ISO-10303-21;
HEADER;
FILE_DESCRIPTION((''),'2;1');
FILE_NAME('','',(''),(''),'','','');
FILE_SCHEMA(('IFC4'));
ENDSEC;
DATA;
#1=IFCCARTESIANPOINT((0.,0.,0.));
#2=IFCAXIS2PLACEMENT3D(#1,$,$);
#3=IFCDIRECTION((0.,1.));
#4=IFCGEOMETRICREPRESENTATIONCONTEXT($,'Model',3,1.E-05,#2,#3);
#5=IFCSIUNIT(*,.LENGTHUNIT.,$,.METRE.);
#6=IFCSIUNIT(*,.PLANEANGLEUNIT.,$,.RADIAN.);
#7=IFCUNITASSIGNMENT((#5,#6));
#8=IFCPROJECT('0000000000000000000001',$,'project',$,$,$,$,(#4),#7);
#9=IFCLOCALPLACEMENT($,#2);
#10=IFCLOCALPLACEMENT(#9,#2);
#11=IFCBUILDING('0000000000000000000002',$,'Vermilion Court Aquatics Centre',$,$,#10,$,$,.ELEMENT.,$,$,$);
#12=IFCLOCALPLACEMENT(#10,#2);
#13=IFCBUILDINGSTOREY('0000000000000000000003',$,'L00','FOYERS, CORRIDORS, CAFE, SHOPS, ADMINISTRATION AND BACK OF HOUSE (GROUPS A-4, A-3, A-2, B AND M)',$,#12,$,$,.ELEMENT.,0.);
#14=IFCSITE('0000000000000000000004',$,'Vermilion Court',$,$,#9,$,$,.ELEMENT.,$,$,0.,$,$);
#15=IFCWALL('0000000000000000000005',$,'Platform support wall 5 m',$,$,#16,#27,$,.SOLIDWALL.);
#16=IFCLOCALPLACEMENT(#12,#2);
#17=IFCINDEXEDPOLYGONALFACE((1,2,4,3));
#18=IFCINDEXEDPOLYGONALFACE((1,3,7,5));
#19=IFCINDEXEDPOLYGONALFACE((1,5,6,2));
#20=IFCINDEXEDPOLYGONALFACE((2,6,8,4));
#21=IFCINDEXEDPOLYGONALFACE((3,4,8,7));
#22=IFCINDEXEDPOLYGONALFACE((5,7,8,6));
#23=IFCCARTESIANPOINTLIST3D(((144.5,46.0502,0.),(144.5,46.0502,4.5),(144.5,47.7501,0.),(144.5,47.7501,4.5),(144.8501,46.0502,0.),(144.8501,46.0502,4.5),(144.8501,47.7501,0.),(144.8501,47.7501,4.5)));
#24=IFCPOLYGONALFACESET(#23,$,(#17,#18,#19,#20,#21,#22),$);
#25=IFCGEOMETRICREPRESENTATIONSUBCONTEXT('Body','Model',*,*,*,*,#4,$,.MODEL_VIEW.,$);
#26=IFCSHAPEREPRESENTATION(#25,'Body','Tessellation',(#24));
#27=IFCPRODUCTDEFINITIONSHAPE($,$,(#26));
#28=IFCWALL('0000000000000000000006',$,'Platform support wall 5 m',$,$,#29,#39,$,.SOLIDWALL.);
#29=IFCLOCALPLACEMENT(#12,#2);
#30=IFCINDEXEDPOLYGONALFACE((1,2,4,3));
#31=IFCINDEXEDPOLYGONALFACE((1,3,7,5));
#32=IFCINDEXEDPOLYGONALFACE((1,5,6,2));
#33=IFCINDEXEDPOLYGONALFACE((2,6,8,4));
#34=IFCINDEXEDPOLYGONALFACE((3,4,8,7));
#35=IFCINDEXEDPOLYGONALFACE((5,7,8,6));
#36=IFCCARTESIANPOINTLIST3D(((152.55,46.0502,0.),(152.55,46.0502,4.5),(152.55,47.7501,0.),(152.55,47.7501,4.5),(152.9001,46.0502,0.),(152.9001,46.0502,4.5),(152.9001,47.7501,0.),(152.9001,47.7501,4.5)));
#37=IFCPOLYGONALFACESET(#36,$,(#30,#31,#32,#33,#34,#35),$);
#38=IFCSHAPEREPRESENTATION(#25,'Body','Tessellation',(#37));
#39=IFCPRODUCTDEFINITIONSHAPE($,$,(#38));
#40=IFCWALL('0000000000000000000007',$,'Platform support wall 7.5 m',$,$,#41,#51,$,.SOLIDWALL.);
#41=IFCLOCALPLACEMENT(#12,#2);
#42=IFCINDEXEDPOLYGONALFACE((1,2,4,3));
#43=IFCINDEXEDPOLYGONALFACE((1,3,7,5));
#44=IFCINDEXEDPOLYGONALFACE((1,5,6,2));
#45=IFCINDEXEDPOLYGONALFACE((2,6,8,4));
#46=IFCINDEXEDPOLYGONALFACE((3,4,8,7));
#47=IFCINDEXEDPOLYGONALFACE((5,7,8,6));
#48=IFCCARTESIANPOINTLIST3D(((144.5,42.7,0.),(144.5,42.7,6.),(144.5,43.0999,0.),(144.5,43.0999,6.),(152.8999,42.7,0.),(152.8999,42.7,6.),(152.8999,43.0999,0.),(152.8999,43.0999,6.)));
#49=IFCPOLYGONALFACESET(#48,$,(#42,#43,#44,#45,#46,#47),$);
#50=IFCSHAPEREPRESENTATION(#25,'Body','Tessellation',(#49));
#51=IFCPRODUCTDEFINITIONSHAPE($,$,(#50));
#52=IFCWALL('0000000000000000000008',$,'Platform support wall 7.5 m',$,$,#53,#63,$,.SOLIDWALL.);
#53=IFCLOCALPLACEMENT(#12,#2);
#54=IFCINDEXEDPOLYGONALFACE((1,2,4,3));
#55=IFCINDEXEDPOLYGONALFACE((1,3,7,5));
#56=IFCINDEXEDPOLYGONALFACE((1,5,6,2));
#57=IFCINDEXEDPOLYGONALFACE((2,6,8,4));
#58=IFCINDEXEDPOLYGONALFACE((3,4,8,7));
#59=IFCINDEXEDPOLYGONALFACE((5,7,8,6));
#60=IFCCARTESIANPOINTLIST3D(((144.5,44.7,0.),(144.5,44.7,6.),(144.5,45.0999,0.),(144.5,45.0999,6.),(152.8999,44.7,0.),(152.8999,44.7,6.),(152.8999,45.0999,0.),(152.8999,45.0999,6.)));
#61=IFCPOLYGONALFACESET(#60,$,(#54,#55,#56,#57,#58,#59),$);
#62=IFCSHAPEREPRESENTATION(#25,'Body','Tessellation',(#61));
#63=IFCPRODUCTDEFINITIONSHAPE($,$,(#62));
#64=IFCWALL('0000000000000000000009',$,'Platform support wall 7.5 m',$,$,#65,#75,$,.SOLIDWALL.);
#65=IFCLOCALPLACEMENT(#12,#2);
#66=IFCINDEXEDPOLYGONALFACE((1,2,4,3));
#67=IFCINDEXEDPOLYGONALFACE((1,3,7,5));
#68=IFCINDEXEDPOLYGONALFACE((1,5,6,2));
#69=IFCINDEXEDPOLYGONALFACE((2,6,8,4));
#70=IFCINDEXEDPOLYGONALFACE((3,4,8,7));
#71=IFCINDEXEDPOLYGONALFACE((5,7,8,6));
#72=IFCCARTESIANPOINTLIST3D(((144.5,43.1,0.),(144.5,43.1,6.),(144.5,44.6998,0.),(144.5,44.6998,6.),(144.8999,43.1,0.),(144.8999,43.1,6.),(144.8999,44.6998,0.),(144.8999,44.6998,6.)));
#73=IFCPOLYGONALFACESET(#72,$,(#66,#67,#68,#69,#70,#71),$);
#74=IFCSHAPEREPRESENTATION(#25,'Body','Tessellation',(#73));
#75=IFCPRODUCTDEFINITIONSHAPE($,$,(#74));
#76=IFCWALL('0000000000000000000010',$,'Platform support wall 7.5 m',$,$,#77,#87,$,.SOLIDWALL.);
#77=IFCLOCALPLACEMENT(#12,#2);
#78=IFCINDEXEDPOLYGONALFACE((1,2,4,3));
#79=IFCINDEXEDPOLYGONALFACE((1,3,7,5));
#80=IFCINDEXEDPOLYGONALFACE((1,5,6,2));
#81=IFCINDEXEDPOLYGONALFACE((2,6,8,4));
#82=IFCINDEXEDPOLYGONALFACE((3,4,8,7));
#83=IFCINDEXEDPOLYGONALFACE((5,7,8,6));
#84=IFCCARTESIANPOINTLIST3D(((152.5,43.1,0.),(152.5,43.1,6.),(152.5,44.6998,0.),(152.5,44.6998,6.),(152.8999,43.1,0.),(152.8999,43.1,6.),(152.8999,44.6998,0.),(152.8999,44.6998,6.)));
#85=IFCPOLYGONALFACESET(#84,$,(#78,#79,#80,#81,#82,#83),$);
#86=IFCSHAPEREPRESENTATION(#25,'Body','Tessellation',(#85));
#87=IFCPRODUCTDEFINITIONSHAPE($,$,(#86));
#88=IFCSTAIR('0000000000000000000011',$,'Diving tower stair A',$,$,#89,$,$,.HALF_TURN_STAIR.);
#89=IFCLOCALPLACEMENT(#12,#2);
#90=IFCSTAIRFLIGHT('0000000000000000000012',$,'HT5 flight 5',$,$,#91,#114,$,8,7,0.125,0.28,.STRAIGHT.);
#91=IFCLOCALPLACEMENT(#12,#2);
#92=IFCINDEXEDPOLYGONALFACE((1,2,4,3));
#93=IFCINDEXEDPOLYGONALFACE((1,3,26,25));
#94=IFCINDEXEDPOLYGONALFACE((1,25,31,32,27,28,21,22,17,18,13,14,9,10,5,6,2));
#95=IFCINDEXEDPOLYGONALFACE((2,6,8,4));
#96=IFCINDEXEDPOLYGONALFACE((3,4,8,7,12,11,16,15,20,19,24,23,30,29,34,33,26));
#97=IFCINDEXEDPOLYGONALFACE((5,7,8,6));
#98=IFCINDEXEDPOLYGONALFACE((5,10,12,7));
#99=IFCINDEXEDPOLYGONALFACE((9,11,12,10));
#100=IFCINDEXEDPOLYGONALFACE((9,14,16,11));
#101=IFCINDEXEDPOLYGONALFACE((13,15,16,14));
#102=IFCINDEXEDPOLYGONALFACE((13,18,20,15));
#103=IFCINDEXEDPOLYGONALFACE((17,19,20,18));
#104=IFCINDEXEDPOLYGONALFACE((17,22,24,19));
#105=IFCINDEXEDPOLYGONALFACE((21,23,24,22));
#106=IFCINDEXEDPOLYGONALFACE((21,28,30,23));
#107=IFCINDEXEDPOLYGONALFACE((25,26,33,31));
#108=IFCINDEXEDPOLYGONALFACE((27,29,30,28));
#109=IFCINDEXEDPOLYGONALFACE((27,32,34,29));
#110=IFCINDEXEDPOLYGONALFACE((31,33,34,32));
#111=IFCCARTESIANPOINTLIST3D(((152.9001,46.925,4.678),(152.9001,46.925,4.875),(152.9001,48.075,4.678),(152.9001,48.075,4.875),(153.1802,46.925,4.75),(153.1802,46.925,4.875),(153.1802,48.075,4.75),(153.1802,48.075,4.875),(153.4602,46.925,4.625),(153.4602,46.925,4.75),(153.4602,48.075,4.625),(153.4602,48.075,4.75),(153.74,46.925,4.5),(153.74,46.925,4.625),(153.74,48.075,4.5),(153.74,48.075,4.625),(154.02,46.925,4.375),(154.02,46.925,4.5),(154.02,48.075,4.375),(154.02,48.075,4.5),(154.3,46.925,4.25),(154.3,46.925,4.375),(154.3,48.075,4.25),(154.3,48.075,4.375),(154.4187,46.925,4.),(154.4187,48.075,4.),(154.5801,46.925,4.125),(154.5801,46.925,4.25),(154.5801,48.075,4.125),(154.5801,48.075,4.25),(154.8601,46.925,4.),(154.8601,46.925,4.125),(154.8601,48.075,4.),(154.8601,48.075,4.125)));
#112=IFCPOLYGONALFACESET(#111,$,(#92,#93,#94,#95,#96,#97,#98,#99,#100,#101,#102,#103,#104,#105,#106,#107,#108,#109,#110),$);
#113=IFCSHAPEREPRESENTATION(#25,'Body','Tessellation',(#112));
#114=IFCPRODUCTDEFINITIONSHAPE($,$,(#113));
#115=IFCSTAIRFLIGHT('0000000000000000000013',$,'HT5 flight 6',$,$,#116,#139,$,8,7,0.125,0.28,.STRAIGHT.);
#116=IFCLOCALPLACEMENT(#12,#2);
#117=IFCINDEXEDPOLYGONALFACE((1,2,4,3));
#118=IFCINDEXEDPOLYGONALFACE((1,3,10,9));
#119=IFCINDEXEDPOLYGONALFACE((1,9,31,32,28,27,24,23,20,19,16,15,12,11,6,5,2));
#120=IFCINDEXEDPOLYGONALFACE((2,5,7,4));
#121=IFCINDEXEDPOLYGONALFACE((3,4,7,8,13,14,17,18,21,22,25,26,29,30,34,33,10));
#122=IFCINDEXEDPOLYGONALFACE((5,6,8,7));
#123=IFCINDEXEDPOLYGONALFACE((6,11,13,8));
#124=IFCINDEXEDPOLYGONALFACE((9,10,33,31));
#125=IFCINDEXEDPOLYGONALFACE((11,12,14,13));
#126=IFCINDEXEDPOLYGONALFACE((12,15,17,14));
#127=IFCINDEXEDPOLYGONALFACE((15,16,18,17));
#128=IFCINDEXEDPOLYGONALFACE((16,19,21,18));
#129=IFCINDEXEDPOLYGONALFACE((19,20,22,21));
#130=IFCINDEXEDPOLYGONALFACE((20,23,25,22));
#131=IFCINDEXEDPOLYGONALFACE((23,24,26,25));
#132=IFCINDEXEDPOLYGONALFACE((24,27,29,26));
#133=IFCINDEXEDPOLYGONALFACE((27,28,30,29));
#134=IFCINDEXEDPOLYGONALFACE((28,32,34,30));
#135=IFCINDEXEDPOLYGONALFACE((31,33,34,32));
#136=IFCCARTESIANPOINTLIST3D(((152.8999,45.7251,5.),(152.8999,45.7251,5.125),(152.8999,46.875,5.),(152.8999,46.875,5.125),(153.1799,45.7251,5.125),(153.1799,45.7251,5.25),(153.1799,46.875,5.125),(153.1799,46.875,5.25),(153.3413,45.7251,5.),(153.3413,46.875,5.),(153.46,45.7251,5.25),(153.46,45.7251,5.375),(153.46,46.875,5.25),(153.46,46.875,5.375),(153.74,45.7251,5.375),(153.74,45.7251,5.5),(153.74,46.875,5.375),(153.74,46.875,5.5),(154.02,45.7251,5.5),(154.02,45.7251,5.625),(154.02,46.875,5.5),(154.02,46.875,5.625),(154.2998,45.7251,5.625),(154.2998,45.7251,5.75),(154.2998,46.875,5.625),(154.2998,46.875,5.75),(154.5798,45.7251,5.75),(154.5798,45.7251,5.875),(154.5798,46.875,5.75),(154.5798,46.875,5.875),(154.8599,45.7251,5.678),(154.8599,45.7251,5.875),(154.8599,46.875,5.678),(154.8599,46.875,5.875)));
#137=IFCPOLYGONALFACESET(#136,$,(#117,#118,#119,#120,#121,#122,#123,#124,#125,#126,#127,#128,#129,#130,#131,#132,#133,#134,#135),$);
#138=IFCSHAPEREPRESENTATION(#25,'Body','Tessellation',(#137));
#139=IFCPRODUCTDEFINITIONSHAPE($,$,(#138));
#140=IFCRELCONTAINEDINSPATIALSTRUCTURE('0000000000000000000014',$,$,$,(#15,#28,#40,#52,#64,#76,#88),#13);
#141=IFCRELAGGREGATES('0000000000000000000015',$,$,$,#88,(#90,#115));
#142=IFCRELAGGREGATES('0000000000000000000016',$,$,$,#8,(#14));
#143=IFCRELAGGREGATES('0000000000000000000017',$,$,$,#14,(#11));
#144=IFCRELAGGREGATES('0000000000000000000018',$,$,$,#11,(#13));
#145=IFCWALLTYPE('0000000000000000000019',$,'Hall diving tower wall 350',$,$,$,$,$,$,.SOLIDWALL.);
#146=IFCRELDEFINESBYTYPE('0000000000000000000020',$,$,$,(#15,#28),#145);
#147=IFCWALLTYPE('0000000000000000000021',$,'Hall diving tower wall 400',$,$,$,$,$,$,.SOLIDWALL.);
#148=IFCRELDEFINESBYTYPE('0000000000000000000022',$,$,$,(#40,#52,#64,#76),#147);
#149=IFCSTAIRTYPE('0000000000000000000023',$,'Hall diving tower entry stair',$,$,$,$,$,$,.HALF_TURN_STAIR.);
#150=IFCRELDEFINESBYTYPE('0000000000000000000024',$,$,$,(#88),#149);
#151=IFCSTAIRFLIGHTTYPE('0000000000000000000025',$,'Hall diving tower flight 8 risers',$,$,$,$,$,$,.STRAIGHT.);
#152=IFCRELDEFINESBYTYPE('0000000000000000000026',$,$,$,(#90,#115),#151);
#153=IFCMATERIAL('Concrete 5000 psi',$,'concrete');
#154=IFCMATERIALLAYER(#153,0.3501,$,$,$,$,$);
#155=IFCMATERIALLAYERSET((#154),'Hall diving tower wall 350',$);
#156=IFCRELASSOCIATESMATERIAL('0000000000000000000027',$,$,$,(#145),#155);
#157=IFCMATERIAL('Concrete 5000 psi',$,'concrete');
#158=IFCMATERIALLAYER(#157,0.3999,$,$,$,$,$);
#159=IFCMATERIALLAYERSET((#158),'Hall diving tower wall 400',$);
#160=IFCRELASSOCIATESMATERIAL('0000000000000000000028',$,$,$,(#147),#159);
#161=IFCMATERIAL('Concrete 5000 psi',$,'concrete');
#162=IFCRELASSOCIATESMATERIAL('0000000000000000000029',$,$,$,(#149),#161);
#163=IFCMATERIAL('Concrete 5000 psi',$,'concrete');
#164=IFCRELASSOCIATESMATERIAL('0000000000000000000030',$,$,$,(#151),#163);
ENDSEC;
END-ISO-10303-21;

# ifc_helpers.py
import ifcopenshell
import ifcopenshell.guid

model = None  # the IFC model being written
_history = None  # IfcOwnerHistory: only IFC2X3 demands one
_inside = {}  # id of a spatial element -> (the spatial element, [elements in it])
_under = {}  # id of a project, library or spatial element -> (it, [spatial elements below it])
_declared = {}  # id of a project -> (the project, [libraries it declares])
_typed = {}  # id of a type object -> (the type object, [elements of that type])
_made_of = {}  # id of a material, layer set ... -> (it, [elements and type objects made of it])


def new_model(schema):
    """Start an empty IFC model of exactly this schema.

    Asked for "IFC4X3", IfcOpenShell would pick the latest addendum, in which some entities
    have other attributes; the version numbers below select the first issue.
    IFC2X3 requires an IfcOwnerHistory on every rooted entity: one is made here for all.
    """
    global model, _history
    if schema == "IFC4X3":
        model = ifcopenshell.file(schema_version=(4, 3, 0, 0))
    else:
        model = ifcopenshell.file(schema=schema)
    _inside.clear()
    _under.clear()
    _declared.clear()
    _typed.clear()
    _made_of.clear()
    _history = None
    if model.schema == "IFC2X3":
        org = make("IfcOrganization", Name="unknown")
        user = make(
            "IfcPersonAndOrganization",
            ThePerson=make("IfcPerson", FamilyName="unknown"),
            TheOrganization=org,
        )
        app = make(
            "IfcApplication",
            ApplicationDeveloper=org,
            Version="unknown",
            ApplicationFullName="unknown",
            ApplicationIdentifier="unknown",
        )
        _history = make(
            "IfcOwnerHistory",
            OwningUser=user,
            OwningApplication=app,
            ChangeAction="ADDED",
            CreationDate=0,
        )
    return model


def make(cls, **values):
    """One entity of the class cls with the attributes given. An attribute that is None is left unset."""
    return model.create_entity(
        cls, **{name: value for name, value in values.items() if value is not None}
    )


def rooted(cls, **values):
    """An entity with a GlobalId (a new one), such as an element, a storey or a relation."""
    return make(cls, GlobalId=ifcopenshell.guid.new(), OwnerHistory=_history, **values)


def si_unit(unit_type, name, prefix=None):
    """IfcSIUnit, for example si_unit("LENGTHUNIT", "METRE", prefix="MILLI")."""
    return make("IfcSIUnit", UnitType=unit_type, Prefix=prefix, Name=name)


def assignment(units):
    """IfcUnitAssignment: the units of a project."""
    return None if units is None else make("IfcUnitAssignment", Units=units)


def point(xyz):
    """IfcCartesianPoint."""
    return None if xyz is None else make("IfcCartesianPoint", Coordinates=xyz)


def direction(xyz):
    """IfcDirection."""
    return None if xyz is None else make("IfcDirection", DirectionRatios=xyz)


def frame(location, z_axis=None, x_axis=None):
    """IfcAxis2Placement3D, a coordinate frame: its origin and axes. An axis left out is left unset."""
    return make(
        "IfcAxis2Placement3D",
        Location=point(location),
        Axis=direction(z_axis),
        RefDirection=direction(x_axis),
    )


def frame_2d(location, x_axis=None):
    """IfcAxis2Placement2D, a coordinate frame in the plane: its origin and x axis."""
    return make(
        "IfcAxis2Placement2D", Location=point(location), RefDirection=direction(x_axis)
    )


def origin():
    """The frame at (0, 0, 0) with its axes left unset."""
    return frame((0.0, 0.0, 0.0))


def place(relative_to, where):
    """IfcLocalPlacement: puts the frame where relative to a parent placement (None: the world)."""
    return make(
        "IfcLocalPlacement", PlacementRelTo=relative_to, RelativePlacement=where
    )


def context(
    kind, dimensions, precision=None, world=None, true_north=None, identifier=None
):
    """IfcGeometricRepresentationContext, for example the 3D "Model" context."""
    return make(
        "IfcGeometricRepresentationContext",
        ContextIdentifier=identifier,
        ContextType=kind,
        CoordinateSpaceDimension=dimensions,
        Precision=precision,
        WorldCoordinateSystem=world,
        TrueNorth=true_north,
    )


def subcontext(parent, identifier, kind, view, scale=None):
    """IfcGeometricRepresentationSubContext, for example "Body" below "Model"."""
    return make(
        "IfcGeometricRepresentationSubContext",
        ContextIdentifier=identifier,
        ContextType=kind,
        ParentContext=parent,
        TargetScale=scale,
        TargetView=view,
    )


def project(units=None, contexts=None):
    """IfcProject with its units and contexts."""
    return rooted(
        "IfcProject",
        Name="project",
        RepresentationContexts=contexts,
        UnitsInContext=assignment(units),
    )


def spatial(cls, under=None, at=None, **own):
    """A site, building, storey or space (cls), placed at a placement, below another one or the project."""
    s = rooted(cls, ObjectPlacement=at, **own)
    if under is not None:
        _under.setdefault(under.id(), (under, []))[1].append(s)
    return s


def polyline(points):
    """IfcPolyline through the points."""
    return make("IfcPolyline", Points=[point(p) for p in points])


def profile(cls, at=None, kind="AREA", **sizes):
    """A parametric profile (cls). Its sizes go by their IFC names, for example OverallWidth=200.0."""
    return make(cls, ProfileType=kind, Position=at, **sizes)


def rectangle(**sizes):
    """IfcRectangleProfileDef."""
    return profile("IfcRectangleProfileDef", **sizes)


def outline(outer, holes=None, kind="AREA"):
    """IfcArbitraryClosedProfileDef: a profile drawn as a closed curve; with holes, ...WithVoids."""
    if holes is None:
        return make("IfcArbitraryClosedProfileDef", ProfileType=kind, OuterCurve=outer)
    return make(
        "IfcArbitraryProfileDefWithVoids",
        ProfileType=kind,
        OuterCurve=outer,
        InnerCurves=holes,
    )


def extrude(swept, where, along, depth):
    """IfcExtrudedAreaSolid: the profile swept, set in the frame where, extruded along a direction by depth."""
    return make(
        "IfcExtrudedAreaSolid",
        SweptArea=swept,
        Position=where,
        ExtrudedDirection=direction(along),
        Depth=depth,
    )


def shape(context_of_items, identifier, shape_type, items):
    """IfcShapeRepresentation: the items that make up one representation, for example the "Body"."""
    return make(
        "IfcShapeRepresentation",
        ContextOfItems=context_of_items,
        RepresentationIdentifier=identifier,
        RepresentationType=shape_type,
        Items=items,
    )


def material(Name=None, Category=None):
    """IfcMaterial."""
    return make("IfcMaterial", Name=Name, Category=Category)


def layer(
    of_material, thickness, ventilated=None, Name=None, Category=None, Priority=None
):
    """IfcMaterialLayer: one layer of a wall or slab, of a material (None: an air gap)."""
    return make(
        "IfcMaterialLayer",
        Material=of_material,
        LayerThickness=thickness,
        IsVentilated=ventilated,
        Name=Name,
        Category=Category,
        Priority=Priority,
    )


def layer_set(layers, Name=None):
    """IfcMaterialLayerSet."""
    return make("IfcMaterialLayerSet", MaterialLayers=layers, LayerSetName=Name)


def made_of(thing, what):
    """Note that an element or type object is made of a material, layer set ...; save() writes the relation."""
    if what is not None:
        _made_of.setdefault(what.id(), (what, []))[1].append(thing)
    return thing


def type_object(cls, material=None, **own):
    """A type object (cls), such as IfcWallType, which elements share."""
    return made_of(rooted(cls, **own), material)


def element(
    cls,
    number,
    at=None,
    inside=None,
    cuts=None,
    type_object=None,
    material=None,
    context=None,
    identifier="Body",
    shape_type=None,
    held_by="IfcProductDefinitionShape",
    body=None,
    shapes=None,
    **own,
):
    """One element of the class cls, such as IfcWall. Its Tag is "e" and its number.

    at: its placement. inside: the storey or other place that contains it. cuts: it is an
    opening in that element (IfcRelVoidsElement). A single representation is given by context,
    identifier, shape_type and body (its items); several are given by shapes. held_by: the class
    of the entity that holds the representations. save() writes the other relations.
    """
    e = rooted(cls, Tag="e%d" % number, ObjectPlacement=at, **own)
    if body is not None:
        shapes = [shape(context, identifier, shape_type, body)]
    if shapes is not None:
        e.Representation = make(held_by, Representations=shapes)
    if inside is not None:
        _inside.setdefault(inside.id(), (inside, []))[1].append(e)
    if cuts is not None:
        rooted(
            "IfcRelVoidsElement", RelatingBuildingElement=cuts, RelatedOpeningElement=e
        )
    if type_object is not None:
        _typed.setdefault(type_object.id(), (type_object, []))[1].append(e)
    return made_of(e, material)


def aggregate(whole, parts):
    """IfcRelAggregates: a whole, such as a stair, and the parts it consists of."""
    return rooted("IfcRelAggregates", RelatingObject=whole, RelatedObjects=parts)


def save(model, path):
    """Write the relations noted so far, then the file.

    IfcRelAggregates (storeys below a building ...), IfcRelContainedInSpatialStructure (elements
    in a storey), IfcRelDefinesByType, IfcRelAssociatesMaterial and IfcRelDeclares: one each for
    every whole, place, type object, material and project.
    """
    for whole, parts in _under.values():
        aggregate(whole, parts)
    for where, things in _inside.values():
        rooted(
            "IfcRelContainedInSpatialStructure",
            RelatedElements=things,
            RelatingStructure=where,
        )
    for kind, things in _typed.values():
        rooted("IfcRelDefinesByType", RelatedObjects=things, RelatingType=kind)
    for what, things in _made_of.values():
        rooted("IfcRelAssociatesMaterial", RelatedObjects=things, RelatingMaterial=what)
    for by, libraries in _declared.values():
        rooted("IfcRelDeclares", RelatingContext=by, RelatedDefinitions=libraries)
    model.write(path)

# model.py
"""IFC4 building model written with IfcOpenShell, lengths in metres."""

from ifc_helpers import new_model, si_unit, direction, frame, frame_2d, origin, place, context, subcontext, project, spatial, polyline, rectangle, outline, extrude, material, layer, layer_set, type_object, element, aggregate, save


model = new_model("IFC4")

# Units and contexts
model_context = context("Model", 3, precision=1e-05, world=origin(), true_north=direction((0.0, 1.0)))
body_context = subcontext(model_context, "Body", "Model", "MODEL_VIEW")
ifc_project = project(units=[si_unit("LENGTHUNIT", "METRE"), si_unit("PLANEANGLEUNIT", "RADIAN")], contexts=[model_context])

# Site, building, storey
site_placement = place(None, origin())
site = spatial("IfcSite", under=ifc_project, at=site_placement, Name="Vermilion Court", CompositionType="ELEMENT", RefElevation=0.0)
building_placement = place(site_placement, origin())
building = spatial("IfcBuilding", under=site, at=building_placement, Name="Vermilion Court Aquatics Centre", CompositionType="ELEMENT")
storey_placement = place(building_placement, origin())
storey = spatial("IfcBuildingStorey", under=building, at=storey_placement, Name="L00", Description="FOYERS, CORRIDORS, CAFE, SHOPS, ADMINISTRATION AND BACK OF HOUSE (GROUPS A-4, A-3, A-2, B AND M)", CompositionType="ELEMENT", Elevation=0.0)

# Walls
ifc_material_1 = material(Name="Concrete 5000 psi", Category="concrete")
ifc_layer_1 = layer(ifc_material_1, 0.3501)
ifc_layer_set_1 = layer_set([ifc_layer_1], Name="Hall diving tower wall 350")
wall_type_1 = type_object("IfcWallType", Name="Hall diving tower wall 350", PredefinedType="SOLIDWALL", material=ifc_layer_set_1)
for number, where, z_axis, x_axis, name in (
    (1, (144.675, 46.05, 0.0), (0.0, 0.0, 1.0), (0.0, 1.0, 0.0), "Platform support wall 5 m"),
    (2, (152.7251, 46.05, 0.0), (0.0, 0.0, 1.0), (0.0, 1.0, 0.0), "Platform support wall 5 m"),
):
    element("IfcWall", number, at=place(storey_placement, frame(where, z_axis=z_axis, x_axis=x_axis)), inside=storey, type_object=wall_type_1, Name=name, PredefinedType="SOLIDWALL", context=body_context, shape_type="SweptSolid", body=[
        extrude(rectangle(XDim=1.7, YDim=0.3501, at=frame_2d((0.8501, 0.0))), origin(), (0.0, 0.0, 1.0), 4.5),
    ])
ifc_material_2 = material(Name="Concrete 5000 psi", Category="concrete")
ifc_layer_2 = layer(ifc_material_2, 0.3999)
ifc_layer_set_2 = layer_set([ifc_layer_2], Name="Hall diving tower wall 400")
wall_type_2 = type_object("IfcWallType", Name="Hall diving tower wall 400", PredefinedType="SOLIDWALL", material=ifc_layer_set_2)
for number, where, z_axis, x_axis, name in (
    (3, (144.5, 42.8999, 0.0), (0.0, 0.0, 1.0), (1.0, 0.0, 0.0), "Platform support wall 7.5 m"),
    (4, (144.5, 44.8999, 0.0), (0.0, 0.0, 1.0), (1.0, 0.0, 0.0), "Platform support wall 7.5 m"),
):
    element("IfcWall", number, at=place(storey_placement, frame(where, z_axis=z_axis, x_axis=x_axis)), inside=storey, type_object=wall_type_2, Name=name, PredefinedType="SOLIDWALL", context=body_context, shape_type="SweptSolid", body=[
        extrude(rectangle(XDim=8.3999, YDim=0.3999, at=frame_2d((4.2, 0.0))), origin(), (0.0, 0.0, 1.0), 6.0),
    ])
for number, where, z_axis, x_axis, name in (
    (5, (144.7, 43.1001, 0.0), (0.0, 0.0, 1.0), (0.0, 1.0, 0.0), "Platform support wall 7.5 m"),
    (6, (152.7, 43.1001, 0.0), (0.0, 0.0, 1.0), (0.0, 1.0, 0.0), "Platform support wall 7.5 m"),
):
    element("IfcWall", number, at=place(storey_placement, frame(where, z_axis=z_axis, x_axis=x_axis)), inside=storey, type_object=wall_type_2, Name=name, PredefinedType="SOLIDWALL", context=body_context, shape_type="SweptSolid", body=[
        extrude(rectangle(XDim=1.5999, YDim=0.3999, at=frame_2d((0.7998, 0.0))), origin(), (0.0, 0.0, 1.0), 6.0),
    ])

# Stair, stair flights
ifc_material_3 = material(Name="Concrete 5000 psi", Category="concrete")
stair_type = type_object("IfcStairType", Name="Hall diving tower entry stair", PredefinedType="HALF_TURN_STAIR", material=ifc_material_3)
stair_placement = place(storey_placement, origin())
stair = element("IfcStair", 7, at=stair_placement, inside=storey, type_object=stair_type, Name="Diving tower stair A", PredefinedType="HALF_TURN_STAIR")
ifc_material_4 = material(Name="Concrete 5000 psi", Category="concrete")
stair_flight_type = type_object("IfcStairFlightType", Name="Hall diving tower flight 8 risers", PredefinedType="STRAIGHT", material=ifc_material_4)
stair_flight_1_placement = place(storey_placement, frame((154.8601, 47.5, 4.0), z_axis=(0.0, 0.0, 1.0), x_axis=(-1.0, 0.0, 0.0)))
stair_flight_1 = element("IfcStairFlight", 8, at=stair_flight_1_placement, type_object=stair_flight_type, Name="HT5 flight 5", NumberOfRisers=8, NumberOfTreads=7, PredefinedType="STRAIGHT", RiserHeight=0.125, TreadLength=0.28, context=body_context, shape_type="SweptSolid", body=[
    extrude(outline(polyline([(0.0, 0.0), (0.0, 0.125), (0.28, 0.125), (0.28, 0.25), (0.5601, 0.25), (0.5601, 0.375), (0.8401, 0.375), (0.8401, 0.5), (1.1201, 0.5), (1.1201, 0.625), (1.3999, 0.625), (1.3999, 0.75), (1.6799, 0.75), (1.6799, 0.875), (1.96, 0.875), (1.96, 1.0), (1.96, 0.678), (0.4414, 0.0), (0.0, 0.0)])), frame((0.0, 0.575, 0.0), z_axis=(0.0, -1.0, 0.0), x_axis=(1.0, 0.0, 0.0)), (0.0, 0.0, 1.0), 1.1499),
])
stair_flight_2_placement = place(storey_placement, frame((152.8999, 46.3, 5.0), z_axis=(0.0, 0.0, 1.0), x_axis=(1.0, 0.0, 0.0)))
stair_flight_2 = element("IfcStairFlight", 9, at=stair_flight_2_placement, type_object=stair_flight_type, Name="HT5 flight 6", NumberOfRisers=8, NumberOfTreads=7, PredefinedType="STRAIGHT", RiserHeight=0.125, TreadLength=0.28, context=body_context, shape_type="SweptSolid", body=[
    extrude(outline(polyline([(0.0, 0.0), (0.0, 0.125), (0.28, 0.125), (0.28, 0.25), (0.5601, 0.25), (0.5601, 0.375), (0.8401, 0.375), (0.8401, 0.5), (1.1201, 0.5), (1.1201, 0.625), (1.3999, 0.625), (1.3999, 0.75), (1.6799, 0.75), (1.6799, 0.875), (1.96, 0.875), (1.96, 1.0), (1.96, 0.678), (0.4414, 0.0), (0.0, 0.0)])), frame((0.0, 0.575, 0.0), z_axis=(0.0, -1.0, 0.0), x_axis=(1.0, 0.0, 0.0)), (0.0, 0.0, 1.0), 1.1499),
])
aggregate(stair, [stair_flight_1, stair_flight_2])

save(model, "model.ifc")
